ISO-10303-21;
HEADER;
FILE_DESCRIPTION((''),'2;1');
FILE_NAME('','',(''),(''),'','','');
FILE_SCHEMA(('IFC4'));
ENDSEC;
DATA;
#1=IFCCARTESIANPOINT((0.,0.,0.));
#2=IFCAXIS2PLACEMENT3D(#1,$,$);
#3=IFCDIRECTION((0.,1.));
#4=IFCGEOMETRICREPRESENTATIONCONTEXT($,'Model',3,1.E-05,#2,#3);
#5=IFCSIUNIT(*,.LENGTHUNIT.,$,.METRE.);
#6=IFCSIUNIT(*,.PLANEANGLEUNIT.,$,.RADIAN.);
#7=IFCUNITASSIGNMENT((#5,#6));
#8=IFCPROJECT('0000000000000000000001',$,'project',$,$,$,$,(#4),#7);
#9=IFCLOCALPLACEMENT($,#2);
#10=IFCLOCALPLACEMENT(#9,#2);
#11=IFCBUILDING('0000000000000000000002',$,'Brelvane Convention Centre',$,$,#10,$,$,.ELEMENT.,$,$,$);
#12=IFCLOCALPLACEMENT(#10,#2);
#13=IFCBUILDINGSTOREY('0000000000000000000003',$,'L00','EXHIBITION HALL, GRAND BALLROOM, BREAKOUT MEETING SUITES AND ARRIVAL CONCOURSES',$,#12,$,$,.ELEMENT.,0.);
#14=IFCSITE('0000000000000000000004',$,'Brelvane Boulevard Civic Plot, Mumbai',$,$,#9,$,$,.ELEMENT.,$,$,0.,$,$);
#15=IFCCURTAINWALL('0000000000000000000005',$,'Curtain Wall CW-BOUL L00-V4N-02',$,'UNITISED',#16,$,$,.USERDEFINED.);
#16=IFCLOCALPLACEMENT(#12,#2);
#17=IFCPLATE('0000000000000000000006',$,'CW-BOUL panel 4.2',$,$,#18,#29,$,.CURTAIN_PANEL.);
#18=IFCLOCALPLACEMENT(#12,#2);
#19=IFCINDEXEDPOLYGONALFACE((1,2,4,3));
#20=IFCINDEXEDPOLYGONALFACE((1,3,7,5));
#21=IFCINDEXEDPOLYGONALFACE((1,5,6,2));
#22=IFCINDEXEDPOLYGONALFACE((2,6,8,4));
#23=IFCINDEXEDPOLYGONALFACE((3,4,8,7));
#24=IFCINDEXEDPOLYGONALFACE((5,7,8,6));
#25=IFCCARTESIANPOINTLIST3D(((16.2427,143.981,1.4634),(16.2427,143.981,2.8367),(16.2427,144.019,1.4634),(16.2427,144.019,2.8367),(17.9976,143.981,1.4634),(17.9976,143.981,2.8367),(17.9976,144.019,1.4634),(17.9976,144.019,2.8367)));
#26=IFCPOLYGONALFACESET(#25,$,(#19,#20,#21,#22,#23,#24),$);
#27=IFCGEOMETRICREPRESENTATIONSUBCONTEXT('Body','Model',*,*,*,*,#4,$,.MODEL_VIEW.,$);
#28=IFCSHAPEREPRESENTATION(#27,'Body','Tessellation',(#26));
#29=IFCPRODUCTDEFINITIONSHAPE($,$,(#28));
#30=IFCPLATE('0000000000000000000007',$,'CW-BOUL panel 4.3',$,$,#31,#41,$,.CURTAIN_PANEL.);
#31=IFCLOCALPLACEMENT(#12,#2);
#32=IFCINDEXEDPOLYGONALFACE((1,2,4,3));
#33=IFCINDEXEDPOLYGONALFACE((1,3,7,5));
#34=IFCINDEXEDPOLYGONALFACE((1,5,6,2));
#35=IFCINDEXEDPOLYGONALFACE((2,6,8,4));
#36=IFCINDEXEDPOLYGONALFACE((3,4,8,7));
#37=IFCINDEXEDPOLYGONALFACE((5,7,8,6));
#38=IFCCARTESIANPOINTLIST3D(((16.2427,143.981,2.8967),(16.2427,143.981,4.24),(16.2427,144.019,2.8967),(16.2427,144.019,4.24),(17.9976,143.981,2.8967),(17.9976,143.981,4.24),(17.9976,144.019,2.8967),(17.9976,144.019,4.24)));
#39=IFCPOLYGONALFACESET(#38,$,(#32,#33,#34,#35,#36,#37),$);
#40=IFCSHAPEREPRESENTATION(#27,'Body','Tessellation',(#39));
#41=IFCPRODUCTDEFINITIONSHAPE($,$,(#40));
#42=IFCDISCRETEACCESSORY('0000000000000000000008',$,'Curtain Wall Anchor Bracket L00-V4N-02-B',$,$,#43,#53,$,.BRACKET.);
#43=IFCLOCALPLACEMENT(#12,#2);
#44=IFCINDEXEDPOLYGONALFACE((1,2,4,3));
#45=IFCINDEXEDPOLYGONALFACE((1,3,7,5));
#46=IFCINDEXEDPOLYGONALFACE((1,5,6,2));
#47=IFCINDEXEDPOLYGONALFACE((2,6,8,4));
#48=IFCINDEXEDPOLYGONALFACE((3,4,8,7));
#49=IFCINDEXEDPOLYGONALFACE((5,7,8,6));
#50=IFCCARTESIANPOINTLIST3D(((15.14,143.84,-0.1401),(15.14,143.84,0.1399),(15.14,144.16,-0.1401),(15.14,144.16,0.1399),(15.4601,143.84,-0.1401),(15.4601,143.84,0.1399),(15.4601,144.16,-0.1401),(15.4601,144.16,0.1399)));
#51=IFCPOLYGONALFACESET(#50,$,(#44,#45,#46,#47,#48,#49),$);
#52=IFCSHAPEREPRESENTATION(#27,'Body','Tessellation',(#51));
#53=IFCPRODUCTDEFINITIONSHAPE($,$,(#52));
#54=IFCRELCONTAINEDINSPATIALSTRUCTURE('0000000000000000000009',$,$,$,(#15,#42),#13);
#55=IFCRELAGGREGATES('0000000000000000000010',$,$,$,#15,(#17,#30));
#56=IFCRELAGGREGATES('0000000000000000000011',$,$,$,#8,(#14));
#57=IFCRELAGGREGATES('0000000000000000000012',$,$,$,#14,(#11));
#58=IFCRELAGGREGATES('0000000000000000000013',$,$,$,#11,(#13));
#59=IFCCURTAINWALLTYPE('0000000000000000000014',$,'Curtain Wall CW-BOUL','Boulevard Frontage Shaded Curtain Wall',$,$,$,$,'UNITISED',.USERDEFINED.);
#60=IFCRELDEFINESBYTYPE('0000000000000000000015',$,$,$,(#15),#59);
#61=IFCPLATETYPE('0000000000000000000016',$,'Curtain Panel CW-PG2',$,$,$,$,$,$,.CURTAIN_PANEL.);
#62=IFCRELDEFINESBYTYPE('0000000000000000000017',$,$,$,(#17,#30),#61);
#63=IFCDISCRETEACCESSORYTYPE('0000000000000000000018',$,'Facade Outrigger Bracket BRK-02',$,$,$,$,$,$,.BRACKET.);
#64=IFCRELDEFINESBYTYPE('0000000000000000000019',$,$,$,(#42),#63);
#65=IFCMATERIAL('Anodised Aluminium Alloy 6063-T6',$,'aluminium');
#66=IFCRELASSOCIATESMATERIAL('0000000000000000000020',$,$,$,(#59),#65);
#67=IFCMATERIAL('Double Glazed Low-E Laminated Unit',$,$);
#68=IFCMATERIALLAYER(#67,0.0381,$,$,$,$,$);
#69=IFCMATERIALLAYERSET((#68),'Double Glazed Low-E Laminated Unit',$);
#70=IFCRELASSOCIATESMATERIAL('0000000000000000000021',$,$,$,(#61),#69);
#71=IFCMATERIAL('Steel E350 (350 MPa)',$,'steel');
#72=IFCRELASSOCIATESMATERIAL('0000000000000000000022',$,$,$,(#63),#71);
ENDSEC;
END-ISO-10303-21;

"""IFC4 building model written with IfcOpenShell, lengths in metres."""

from ifc_helpers import new_model, si_unit, direction, frame, origin, origin_2d, place, context, subcontext, project, spatial, rectangle, extrude, material, layer, layer_set, type_object, element, aggregate, save


model = new_model("IFC4")

# Units and contexts
model_context = context("Model", 3, precision=1e-05, world=origin(), true_north=direction((0.0, 1.0)))
body_context = subcontext(model_context, "Body", "Model", "MODEL_VIEW")
ifc_project = project(units=[si_unit("LENGTHUNIT", "METRE"), si_unit("PLANEANGLEUNIT", "RADIAN")], contexts=[model_context])

# Site, building, storey
site_placement = place(None, origin())
site = spatial("IfcSite", under=ifc_project, at=site_placement, Name="Brelvane Boulevard Civic Plot, Mumbai", CompositionType="ELEMENT", RefElevation=0.0)
building_placement = place(site_placement, origin())
building = spatial("IfcBuilding", under=site, at=building_placement, Name="Brelvane Convention Centre", CompositionType="ELEMENT")
storey_placement = place(building_placement, origin())
storey = spatial("IfcBuildingStorey", under=building, at=storey_placement, Name="L00", Description="EXHIBITION HALL, GRAND BALLROOM, BREAKOUT MEETING SUITES AND ARRIVAL CONCOURSES", CompositionType="ELEMENT", Elevation=0.0)

# Curtain wall, plates
ifc_material_1 = material(Name="Anodised Aluminium Alloy 6063-T6", Category="aluminium")
curtain_wall_type = type_object("IfcCurtainWallType", Name="Curtain Wall CW-BOUL", Description="Boulevard Frontage Shaded Curtain Wall", ElementType="UNITISED", PredefinedType="USERDEFINED", material=ifc_material_1)
curtain_wall_placement = place(storey_placement, origin())
curtain_wall = element("IfcCurtainWall", 1, at=curtain_wall_placement, inside=storey, type_object=curtain_wall_type, Name="Curtain Wall CW-BOUL L00-V4N-02", ObjectType="UNITISED", PredefinedType="USERDEFINED")
ifc_material_2 = material(Name="Double Glazed Low-E Laminated Unit")
ifc_layer = layer(ifc_material_2, 0.0381)
ifc_layer_set = layer_set([ifc_layer], Name="Double Glazed Low-E Laminated Unit")
plate_type = type_object("IfcPlateType", Name="Curtain Panel CW-PG2", PredefinedType="CURTAIN_PANEL", material=ifc_layer_set)
plate_1_placement = place(storey_placement, frame((17.1201, 144.0, 1.4634), z_axis=(0.0, 0.0, 1.0), x_axis=(1.0, 0.0, 0.0)))
plate_1 = element("IfcPlate", 2, at=plate_1_placement, type_object=plate_type, Name="CW-BOUL panel 4.2", PredefinedType="CURTAIN_PANEL", context=body_context, shape_type="SweptSolid", body=[
    extrude(rectangle(XDim=1.7549, YDim=0.0381, at=origin_2d()), origin(), (0.0, 0.0, 1.0), 1.3733),
])
plate_2_placement = place(storey_placement, frame((17.1201, 144.0, 2.8967), z_axis=(0.0, 0.0, 1.0), x_axis=(1.0, 0.0, 0.0)))
plate_2 = element("IfcPlate", 3, at=plate_2_placement, type_object=plate_type, Name="CW-BOUL panel 4.3", PredefinedType="CURTAIN_PANEL", context=body_context, shape_type="SweptSolid", body=[
    extrude(rectangle(XDim=1.7549, YDim=0.0381, at=origin_2d()), origin(), (0.0, 0.0, 1.0), 1.3433),
])
aggregate(curtain_wall, [plate_1, plate_2])

# Discrete accessory
ifc_material_3 = material(Name="Steel E350 (350 MPa)", Category="steel")
discrete_accessory_type = type_object("IfcDiscreteAccessoryType", Name="Facade Outrigger Bracket BRK-02", PredefinedType="BRACKET", material=ifc_material_3)
discrete_accessory_placement = place(storey_placement, frame((15.3, 144.0, -0.1401), z_axis=(0.0, 0.0, 1.0), x_axis=(1.0, 0.0, 0.0)))
element("IfcDiscreteAccessory", 4, at=discrete_accessory_placement, inside=storey, type_object=discrete_accessory_type, Name="Curtain Wall Anchor Bracket L00-V4N-02-B", PredefinedType="BRACKET", context=body_context, shape_type="SweptSolid", body=[
    extrude(rectangle(XDim=0.3201, YDim=0.3201, at=origin_2d()), origin(), (0.0, 0.0, 1.0), 0.28),
])

save(model, "model.ifc")
